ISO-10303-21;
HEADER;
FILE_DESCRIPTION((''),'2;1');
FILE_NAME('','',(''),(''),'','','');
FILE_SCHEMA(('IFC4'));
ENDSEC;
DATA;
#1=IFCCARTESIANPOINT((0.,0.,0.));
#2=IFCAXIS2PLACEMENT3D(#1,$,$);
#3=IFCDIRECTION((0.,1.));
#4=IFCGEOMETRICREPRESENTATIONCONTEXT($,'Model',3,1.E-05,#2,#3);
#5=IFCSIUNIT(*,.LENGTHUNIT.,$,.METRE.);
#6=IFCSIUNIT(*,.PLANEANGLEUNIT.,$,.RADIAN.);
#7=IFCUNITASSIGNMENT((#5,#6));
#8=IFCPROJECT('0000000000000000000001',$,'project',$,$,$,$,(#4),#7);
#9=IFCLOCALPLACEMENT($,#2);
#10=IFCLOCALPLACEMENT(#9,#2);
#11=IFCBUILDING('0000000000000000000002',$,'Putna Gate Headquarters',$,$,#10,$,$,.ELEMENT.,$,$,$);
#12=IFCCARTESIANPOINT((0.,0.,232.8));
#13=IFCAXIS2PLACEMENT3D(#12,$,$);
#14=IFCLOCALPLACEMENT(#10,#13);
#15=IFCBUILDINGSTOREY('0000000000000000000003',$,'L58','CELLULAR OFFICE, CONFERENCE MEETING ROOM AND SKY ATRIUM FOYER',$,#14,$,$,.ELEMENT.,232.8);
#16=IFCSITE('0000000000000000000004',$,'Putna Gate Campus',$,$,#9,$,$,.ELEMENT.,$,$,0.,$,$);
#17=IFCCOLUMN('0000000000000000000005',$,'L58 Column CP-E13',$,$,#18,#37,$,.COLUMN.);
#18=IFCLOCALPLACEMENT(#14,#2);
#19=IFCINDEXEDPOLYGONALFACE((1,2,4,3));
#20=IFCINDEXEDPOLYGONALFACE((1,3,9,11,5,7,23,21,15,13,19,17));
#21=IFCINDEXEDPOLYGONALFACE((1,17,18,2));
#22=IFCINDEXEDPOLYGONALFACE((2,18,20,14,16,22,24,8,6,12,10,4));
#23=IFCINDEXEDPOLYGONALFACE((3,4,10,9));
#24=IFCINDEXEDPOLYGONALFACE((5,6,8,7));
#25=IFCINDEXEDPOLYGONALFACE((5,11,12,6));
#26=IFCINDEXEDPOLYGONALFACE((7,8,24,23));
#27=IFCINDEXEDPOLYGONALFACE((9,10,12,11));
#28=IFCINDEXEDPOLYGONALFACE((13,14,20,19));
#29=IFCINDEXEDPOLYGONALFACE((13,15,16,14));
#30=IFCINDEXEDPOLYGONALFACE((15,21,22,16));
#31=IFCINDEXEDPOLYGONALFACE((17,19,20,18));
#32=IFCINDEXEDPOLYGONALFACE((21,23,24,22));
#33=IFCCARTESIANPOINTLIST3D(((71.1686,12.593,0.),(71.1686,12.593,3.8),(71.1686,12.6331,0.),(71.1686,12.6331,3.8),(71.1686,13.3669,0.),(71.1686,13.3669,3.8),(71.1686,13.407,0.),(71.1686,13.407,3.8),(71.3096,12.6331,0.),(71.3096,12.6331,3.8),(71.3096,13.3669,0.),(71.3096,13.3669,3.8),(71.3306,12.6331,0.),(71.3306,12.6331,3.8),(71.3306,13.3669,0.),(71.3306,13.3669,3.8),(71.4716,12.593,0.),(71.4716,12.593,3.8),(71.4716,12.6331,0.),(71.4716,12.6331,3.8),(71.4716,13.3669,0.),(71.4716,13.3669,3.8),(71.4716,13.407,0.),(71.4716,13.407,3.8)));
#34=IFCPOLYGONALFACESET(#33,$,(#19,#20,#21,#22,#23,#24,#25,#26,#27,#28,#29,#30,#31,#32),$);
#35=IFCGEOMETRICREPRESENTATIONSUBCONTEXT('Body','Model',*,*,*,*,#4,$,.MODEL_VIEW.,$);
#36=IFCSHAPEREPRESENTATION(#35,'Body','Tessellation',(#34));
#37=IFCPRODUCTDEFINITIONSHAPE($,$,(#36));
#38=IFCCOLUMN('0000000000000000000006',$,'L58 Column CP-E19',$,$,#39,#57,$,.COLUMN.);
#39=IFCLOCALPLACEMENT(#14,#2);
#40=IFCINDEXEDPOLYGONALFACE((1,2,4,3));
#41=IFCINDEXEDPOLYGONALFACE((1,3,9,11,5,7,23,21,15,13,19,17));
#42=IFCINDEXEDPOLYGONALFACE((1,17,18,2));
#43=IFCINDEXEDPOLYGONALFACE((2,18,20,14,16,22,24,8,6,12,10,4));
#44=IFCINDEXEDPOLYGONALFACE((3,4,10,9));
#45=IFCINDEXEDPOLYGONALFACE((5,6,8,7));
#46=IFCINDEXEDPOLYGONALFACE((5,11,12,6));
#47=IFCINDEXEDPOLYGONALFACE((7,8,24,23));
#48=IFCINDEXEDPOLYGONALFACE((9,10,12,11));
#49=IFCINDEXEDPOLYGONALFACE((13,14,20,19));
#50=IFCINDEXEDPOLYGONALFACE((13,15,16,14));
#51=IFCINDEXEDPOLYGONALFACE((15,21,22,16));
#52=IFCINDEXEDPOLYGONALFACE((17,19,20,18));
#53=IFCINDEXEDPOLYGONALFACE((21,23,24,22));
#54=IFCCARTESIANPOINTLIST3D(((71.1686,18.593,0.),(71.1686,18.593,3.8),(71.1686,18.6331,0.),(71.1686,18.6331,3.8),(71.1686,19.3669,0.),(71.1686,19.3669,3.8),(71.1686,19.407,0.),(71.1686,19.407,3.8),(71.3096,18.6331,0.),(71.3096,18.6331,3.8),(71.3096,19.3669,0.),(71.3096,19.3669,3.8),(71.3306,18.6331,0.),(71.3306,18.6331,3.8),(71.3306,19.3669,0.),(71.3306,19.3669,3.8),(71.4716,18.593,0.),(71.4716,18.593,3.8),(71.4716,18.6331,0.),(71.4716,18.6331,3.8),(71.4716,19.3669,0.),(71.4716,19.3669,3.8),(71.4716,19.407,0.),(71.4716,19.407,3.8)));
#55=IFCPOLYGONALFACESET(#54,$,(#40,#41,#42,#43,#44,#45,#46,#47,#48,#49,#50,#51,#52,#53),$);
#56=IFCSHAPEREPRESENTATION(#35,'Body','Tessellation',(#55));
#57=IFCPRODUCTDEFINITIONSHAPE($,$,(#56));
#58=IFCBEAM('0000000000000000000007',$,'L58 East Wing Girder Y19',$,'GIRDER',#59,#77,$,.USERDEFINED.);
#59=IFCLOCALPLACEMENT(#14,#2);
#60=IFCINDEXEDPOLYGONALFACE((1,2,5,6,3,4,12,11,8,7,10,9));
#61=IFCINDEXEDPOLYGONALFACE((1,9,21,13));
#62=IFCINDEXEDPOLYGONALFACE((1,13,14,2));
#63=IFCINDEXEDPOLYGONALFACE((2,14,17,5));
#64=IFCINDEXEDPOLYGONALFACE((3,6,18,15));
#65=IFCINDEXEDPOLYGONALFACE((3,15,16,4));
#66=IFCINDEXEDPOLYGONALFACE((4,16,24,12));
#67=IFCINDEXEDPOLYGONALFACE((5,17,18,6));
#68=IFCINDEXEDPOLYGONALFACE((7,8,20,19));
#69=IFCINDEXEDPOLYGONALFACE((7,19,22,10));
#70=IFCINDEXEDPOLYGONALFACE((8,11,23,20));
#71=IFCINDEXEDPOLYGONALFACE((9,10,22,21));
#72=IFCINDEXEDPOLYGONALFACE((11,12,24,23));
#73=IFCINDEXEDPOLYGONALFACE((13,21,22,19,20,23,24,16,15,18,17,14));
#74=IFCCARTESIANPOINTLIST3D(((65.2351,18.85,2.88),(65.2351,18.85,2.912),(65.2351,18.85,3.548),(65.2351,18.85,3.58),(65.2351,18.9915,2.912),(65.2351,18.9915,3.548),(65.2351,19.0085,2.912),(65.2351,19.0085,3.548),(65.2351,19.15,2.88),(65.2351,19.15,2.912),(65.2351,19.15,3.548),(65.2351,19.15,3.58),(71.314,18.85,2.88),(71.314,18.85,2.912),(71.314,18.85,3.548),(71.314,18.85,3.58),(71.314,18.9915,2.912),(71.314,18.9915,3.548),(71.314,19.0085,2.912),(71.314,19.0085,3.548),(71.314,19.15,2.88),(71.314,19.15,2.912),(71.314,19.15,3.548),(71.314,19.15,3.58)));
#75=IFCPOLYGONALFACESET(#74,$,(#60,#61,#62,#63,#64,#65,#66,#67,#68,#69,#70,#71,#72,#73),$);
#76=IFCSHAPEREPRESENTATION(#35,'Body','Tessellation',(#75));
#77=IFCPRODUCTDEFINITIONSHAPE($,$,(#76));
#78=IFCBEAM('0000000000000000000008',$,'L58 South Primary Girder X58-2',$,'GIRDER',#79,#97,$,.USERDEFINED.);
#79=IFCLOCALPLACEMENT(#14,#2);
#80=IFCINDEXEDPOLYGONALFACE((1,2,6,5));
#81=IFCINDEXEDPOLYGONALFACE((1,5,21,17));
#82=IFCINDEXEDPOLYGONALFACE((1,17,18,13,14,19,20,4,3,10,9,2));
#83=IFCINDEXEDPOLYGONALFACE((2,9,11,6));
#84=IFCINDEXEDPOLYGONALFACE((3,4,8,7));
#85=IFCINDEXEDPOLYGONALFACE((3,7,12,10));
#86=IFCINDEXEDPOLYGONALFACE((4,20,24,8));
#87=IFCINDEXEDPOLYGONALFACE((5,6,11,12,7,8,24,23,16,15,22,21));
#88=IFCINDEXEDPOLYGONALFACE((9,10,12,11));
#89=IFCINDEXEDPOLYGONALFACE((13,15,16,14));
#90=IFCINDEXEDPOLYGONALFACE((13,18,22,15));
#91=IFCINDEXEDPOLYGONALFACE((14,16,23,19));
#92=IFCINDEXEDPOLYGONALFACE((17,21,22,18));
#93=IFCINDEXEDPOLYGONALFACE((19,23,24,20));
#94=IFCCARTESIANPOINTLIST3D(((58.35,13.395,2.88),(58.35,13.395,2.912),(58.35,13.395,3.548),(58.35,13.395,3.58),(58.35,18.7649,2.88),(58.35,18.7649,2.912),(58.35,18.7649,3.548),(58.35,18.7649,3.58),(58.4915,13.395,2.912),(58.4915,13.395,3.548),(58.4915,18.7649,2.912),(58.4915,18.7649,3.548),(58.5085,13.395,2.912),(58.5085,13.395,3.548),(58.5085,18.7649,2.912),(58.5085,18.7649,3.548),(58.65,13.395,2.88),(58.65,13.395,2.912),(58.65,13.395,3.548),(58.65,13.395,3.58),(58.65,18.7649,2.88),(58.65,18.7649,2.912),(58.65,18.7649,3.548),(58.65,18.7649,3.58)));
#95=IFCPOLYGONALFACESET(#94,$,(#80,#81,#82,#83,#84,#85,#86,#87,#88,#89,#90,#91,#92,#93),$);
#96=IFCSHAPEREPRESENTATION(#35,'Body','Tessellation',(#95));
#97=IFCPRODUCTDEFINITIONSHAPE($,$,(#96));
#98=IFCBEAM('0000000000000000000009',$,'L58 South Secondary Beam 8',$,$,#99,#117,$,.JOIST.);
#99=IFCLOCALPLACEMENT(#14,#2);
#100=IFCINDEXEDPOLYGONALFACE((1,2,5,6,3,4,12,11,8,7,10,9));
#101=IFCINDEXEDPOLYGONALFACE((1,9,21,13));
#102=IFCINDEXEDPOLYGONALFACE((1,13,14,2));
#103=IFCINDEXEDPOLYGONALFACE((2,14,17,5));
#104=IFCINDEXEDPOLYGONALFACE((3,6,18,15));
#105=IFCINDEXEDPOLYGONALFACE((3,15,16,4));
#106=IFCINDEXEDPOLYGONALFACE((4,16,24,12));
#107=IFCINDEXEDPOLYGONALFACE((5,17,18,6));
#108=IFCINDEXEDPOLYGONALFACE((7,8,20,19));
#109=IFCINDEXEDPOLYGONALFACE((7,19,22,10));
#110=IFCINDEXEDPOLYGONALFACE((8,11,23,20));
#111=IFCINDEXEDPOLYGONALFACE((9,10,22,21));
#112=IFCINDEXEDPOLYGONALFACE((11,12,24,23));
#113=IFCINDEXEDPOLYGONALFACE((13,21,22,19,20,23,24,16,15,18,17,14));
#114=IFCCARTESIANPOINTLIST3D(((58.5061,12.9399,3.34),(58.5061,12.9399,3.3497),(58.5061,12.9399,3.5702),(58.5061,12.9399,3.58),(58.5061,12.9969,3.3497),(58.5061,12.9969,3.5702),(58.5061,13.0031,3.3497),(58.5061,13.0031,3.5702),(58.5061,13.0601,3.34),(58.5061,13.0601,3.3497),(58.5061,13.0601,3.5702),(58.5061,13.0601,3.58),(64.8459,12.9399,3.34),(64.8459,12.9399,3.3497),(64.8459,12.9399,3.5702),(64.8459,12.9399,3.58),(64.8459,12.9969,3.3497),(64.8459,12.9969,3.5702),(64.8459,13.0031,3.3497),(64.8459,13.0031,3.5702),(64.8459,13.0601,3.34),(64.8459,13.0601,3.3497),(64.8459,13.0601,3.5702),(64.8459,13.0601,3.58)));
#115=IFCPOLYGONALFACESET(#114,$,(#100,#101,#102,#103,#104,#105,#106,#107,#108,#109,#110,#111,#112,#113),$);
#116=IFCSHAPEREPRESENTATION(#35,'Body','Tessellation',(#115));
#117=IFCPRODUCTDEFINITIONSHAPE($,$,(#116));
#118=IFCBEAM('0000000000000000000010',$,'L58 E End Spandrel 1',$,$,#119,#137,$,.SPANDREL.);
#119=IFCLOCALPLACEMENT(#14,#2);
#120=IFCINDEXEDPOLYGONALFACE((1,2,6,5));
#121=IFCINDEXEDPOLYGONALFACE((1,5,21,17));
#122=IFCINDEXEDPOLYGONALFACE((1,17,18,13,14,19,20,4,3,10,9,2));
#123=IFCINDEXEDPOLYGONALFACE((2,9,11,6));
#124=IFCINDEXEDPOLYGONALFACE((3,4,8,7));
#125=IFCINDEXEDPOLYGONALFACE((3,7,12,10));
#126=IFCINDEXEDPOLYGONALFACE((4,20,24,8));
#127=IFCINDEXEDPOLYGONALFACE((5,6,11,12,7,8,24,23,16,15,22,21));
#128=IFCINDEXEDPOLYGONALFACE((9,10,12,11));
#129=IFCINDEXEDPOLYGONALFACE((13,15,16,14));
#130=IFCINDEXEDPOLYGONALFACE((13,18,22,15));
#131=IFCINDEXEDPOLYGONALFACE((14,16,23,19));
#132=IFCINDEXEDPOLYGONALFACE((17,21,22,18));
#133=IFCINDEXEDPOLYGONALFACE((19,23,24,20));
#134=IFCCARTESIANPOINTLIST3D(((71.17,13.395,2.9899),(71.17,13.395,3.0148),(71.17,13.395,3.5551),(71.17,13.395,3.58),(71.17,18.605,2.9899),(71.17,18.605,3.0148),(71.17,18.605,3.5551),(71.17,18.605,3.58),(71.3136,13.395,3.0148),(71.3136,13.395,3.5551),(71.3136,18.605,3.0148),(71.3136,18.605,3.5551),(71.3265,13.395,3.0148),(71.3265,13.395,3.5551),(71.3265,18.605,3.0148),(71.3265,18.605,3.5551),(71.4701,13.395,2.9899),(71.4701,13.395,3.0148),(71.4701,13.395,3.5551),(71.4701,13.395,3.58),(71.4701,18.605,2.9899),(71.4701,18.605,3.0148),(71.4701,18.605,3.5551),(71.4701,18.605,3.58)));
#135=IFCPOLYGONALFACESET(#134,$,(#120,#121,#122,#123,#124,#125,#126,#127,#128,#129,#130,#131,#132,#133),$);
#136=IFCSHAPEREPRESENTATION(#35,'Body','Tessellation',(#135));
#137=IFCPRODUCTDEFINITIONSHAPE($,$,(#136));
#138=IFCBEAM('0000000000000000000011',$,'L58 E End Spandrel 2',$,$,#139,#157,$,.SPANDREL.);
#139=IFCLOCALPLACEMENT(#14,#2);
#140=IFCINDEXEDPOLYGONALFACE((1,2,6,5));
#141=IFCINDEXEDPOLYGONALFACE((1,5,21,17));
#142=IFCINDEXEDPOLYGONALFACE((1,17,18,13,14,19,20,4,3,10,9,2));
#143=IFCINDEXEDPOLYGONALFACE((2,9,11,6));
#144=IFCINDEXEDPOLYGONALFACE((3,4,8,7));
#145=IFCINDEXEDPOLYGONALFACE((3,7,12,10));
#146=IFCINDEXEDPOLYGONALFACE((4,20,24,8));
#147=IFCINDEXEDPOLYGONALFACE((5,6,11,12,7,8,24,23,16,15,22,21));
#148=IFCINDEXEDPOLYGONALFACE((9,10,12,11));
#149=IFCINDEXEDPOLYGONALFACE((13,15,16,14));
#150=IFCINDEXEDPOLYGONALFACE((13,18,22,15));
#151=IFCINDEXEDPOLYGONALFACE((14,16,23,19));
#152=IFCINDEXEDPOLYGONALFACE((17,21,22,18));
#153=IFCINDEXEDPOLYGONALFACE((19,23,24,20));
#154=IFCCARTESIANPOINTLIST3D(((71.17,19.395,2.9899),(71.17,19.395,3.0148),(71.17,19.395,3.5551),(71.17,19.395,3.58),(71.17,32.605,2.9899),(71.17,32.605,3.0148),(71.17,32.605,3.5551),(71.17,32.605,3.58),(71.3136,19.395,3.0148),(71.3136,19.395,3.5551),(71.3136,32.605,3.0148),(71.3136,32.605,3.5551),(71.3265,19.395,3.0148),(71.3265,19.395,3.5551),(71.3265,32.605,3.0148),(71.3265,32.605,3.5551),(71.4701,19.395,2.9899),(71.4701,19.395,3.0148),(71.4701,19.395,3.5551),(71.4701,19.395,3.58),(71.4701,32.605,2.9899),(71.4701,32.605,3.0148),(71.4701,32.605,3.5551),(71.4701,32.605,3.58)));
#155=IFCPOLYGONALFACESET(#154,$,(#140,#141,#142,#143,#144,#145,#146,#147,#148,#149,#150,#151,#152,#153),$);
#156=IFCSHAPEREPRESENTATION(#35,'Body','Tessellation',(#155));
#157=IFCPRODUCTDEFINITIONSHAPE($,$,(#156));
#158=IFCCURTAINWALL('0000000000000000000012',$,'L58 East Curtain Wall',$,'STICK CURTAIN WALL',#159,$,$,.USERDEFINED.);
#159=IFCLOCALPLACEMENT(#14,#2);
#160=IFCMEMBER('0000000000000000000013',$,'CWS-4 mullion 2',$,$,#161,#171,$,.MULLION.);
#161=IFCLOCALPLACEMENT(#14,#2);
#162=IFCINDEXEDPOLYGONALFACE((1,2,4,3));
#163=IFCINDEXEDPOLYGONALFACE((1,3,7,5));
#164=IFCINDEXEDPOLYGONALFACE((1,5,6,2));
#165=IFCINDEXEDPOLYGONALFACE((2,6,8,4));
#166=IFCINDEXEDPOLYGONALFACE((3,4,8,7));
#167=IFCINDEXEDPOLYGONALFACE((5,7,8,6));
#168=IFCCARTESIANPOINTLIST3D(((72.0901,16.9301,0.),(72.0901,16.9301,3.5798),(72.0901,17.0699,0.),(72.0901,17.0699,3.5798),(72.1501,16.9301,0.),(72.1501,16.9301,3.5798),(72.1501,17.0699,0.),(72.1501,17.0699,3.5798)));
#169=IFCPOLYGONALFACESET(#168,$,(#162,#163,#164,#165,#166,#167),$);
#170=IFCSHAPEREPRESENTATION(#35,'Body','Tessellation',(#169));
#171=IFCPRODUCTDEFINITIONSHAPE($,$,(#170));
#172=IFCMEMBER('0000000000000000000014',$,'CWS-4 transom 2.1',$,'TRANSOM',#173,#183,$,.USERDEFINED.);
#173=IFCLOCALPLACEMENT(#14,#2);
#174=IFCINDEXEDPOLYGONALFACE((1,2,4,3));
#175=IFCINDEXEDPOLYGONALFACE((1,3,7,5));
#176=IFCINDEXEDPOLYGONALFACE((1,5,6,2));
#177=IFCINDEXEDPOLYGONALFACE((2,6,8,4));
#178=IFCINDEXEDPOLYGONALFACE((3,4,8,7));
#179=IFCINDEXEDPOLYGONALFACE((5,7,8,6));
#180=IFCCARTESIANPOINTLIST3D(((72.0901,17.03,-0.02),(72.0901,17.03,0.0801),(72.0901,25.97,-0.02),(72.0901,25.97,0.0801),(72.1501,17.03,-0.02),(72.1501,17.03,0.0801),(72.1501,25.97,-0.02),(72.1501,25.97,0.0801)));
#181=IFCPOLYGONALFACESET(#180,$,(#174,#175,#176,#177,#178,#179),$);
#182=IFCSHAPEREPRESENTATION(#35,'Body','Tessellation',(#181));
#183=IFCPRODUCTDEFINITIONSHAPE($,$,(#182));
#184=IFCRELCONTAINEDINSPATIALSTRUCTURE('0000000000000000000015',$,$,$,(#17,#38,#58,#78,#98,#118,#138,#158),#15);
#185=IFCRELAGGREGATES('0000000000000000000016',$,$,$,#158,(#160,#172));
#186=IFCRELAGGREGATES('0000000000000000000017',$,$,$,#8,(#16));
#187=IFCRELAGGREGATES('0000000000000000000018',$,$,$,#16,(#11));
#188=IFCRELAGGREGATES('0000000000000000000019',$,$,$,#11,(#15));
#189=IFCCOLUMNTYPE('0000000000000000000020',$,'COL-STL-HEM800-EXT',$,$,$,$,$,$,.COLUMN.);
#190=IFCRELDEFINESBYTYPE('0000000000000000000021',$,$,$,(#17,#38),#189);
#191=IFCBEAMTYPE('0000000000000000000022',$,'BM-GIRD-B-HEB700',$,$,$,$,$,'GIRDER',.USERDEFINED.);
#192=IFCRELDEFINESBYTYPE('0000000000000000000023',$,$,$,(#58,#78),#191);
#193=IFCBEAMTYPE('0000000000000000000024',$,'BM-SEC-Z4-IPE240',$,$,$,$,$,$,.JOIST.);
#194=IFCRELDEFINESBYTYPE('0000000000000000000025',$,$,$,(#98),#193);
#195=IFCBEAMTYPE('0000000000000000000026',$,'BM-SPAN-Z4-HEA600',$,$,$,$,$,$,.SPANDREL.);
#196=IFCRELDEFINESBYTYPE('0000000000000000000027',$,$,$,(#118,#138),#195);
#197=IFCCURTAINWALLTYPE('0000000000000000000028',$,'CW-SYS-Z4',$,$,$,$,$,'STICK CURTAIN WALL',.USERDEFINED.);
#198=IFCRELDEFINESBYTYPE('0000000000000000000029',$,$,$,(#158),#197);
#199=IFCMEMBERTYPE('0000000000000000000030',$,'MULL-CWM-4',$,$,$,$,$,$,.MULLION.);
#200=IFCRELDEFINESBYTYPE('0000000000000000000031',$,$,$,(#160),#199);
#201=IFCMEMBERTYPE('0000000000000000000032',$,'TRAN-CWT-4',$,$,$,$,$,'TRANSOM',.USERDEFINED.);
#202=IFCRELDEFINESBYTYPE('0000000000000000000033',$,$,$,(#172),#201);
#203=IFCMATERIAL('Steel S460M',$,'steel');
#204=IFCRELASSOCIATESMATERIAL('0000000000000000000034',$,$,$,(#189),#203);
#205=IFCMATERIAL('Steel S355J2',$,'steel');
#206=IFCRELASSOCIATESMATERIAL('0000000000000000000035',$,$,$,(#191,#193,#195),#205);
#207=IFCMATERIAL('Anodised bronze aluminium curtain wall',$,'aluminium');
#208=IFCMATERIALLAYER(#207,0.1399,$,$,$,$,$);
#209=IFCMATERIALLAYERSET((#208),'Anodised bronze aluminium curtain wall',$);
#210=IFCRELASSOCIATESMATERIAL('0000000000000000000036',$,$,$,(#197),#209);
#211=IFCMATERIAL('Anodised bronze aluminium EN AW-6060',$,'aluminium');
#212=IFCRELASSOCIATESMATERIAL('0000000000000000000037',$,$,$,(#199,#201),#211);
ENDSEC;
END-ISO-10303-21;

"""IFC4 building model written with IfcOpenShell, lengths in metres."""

from ifc_helpers import new_model, si_unit, direction, frame, origin, origin_2d, place, context, subcontext, project, spatial, rectangle, i_section, extrude, material, layer, layer_set, material_profile, profile_set, type_object, element, aggregate, save


model = new_model("IFC4")

# Units and contexts
model_context = context("Model", 3, precision=1e-05, world=origin(), true_north=direction((0.0, 1.0)))
body_context = subcontext(model_context, "Body", "Model", "MODEL_VIEW")
ifc_project = project(units=[si_unit("LENGTHUNIT", "METRE"), si_unit("PLANEANGLEUNIT", "RADIAN")], contexts=[model_context])

# Site, building, storey
site_placement = place(None, origin())
site = spatial("IfcSite", under=ifc_project, at=site_placement, Name="Putna Gate Campus", CompositionType="ELEMENT", RefElevation=0.0)
building_placement = place(site_placement, origin())
building = spatial("IfcBuilding", under=site, at=building_placement, Name="Putna Gate Headquarters", CompositionType="ELEMENT")
storey_placement = place(building_placement, frame((0.0, 0.0, 232.8)))
storey = spatial("IfcBuildingStorey", under=building, at=storey_placement, Name="L58", Description="CELLULAR OFFICE, CONFERENCE MEETING ROOM AND SKY ATRIUM FOYER", CompositionType="ELEMENT", Elevation=232.8)

# Columns
ifc_material_1 = material(Name="Steel S460M", Category="steel")
ifc_material_profile_1 = material_profile(ifc_material_1, i_section(OverallWidth=0.303, OverallDepth=0.814, WebThickness=0.021, FlangeThickness=0.04, at=origin_2d()), Name="Steel S460M")
ifc_profile_set_1 = profile_set([ifc_material_profile_1], Name="Steel S460M")
column_type = type_object("IfcColumnType", Name="COL-STL-HEM800-EXT", PredefinedType="COLUMN", material=ifc_profile_set_1)
for number, where, z_axis, x_axis, name in (
    (1, (71.3201, 13.0, 0.0), (0.0, 0.0, 1.0), (1.0, 0.0, 0.0), "L58 Column CP-E13"),
    (2, (71.3201, 19.0, 0.0), (0.0, 0.0, 1.0), (1.0, 0.0, 0.0), "L58 Column CP-E19"),
):
    element("IfcColumn", number, at=place(storey_placement, frame(where, z_axis=z_axis, x_axis=x_axis)), inside=storey, type_object=column_type, Name=name, PredefinedType="COLUMN", context=body_context, shape_type="SweptSolid", body=[
        extrude(i_section(OverallWidth=0.303, OverallDepth=0.814, WebThickness=0.021, FlangeThickness=0.04, at=origin_2d()), origin(), (0.0, 0.0, 1.0), 3.8),
    ])

# Beams
ifc_material_2 = material(Name="Steel S355J2", Category="steel")
ifc_material_profile_2 = material_profile(ifc_material_2, i_section(OverallWidth=0.3, OverallDepth=0.7, WebThickness=0.0171, FlangeThickness=0.032, at=origin_2d()), Name="Steel S355J2")
ifc_profile_set_2 = profile_set([ifc_material_profile_2], Name="Steel S355J2")
beam_type_1 = type_object("IfcBeamType", Name="BM-GIRD-B-HEB700", ElementType="GIRDER", PredefinedType="USERDEFINED", material=ifc_profile_set_2)
beam_1_placement = place(storey_placement, frame((65.2351, 19.0, 3.23), z_axis=(1.0, 0.0, 0.0), x_axis=(0.0, 1.0, 0.0)))
element("IfcBeam", 3, at=beam_1_placement, inside=storey, type_object=beam_type_1, Name="L58 East Wing Girder Y19", ObjectType="GIRDER", PredefinedType="USERDEFINED", context=body_context, shape_type="SweptSolid", body=[
    extrude(i_section(OverallWidth=0.3, OverallDepth=0.7, WebThickness=0.0171, FlangeThickness=0.032, at=origin_2d()), origin(), (0.0, 0.0, 1.0), 6.0789),
])
beam_2_placement = place(storey_placement, frame((58.5, 13.395, 3.23), z_axis=(0.0, 1.0, 0.0), x_axis=(-1.0, 0.0, 0.0)))
element("IfcBeam", 4, at=beam_2_placement, inside=storey, type_object=beam_type_1, Name="L58 South Primary Girder X58-2", ObjectType="GIRDER", PredefinedType="USERDEFINED", context=body_context, shape_type="SweptSolid", body=[
    extrude(i_section(OverallWidth=0.3, OverallDepth=0.7, WebThickness=0.0171, FlangeThickness=0.032, at=origin_2d()), origin(), (0.0, 0.0, 1.0), 5.3699),
])
ifc_material_profile_3 = material_profile(ifc_material_2, i_section(OverallWidth=0.1201, OverallDepth=0.24, WebThickness=0.0061, FlangeThickness=0.0098, at=origin_2d()), Name="Steel S355J2")
ifc_profile_set_3 = profile_set([ifc_material_profile_3], Name="Steel S355J2")
beam_type_2 = type_object("IfcBeamType", Name="BM-SEC-Z4-IPE240", PredefinedType="JOIST", material=ifc_profile_set_3)
beam_3_placement = place(storey_placement, frame((58.5061, 13.0, 3.46), z_axis=(1.0, 0.0, 0.0), x_axis=(0.0, 1.0, 0.0)))
element("IfcBeam", 5, at=beam_3_placement, inside=storey, type_object=beam_type_2, Name="L58 South Secondary Beam 8", PredefinedType="JOIST", context=body_context, shape_type="SweptSolid", body=[
    extrude(i_section(OverallWidth=0.1201, OverallDepth=0.24, WebThickness=0.0061, FlangeThickness=0.0098, at=origin_2d()), origin(), (0.0, 0.0, 1.0), 6.3398),
])
ifc_material_profile_4 = material_profile(ifc_material_2, i_section(OverallWidth=0.3, OverallDepth=0.5901, WebThickness=0.0129, FlangeThickness=0.0249, at=origin_2d()), Name="Steel S355J2")
ifc_profile_set_4 = profile_set([ifc_material_profile_4], Name="Steel S355J2")
beam_type_3 = type_object("IfcBeamType", Name="BM-SPAN-Z4-HEA600", PredefinedType="SPANDREL", material=ifc_profile_set_4)
beam_4_placement = place(storey_placement, frame((71.3201, 13.395, 3.2849), z_axis=(0.0, 1.0, 0.0), x_axis=(-1.0, 0.0, 0.0)))
element("IfcBeam", 6, at=beam_4_placement, inside=storey, type_object=beam_type_3, Name="L58 E End Spandrel 1", PredefinedType="SPANDREL", context=body_context, shape_type="SweptSolid", body=[
    extrude(i_section(OverallWidth=0.3, OverallDepth=0.5901, WebThickness=0.0129, FlangeThickness=0.0249, at=origin_2d()), origin(), (0.0, 0.0, 1.0), 5.21),
])
beam_5_placement = place(storey_placement, frame((71.3201, 19.395, 3.2849), z_axis=(0.0, 1.0, 0.0), x_axis=(-1.0, 0.0, 0.0)))
element("IfcBeam", 7, at=beam_5_placement, inside=storey, type_object=beam_type_3, Name="L58 E End Spandrel 2", PredefinedType="SPANDREL", context=body_context, shape_type="SweptSolid", body=[
    extrude(i_section(OverallWidth=0.3, OverallDepth=0.5901, WebThickness=0.0129, FlangeThickness=0.0249, at=origin_2d()), origin(), (0.0, 0.0, 1.0), 13.21),
])

# Curtain wall, members
ifc_material_3 = material(Name="Anodised bronze aluminium curtain wall", Category="aluminium")
ifc_layer_1 = layer(ifc_material_3, 0.1399)
ifc_layer_set_1 = layer_set([ifc_layer_1], Name="Anodised bronze aluminium curtain wall")
curtain_wall_type = type_object("IfcCurtainWallType", Name="CW-SYS-Z4", ElementType="STICK CURTAIN WALL", PredefinedType="USERDEFINED", material=ifc_layer_set_1)
curtain_wall_placement = place(storey_placement, origin())
curtain_wall = element("IfcCurtainWall", 8, at=curtain_wall_placement, inside=storey, type_object=curtain_wall_type, Name="L58 East Curtain Wall", ObjectType="STICK CURTAIN WALL", PredefinedType="USERDEFINED")
ifc_material_4 = material(Name="Anodised bronze aluminium EN AW-6060", Category="aluminium")
ifc_material_profile_5 = material_profile(ifc_material_4, rectangle(XDim=0.0601, YDim=0.1399, at=origin_2d()), Name="Anodised bronze aluminium EN AW-6060")
ifc_profile_set_5 = profile_set([ifc_material_profile_5], Name="Anodised bronze aluminium EN AW-6060")
member_type_1 = type_object("IfcMemberType", Name="MULL-CWM-4", PredefinedType="MULLION", material=ifc_profile_set_5)
member_1_placement = place(storey_placement, frame((72.1201, 17.0, 0.0), z_axis=(0.0, 0.0, 1.0), x_axis=(-1.0, 0.0, 0.0)))
member_1 = element("IfcMember", 9, at=member_1_placement, type_object=member_type_1, Name="CWS-4 mullion 2", PredefinedType="MULLION", context=body_context, shape_type="SweptSolid", body=[
    extrude(rectangle(XDim=0.0601, YDim=0.1399, at=origin_2d()), origin(), (0.0, 0.0, 1.0), 3.5798),
])
ifc_material_profile_6 = material_profile(ifc_material_4, rectangle(XDim=0.0601, YDim=0.1001, at=origin_2d()), Name="Anodised bronze aluminium EN AW-6060")
ifc_profile_set_6 = profile_set([ifc_material_profile_6], Name="Anodised bronze aluminium EN AW-6060")
member_type_2 = type_object("IfcMemberType", Name="TRAN-CWT-4", ElementType="TRANSOM", PredefinedType="USERDEFINED", material=ifc_profile_set_6)
member_2_placement = place(storey_placement, frame((72.1201, 17.03, 0.03), z_axis=(0.0, 1.0, 0.0), x_axis=(-1.0, 0.0, 0.0)))
member_2 = element("IfcMember", 10, at=member_2_placement, type_object=member_type_2, Name="CWS-4 transom 2.1", ObjectType="TRANSOM", PredefinedType="USERDEFINED", context=body_context, shape_type="SweptSolid", body=[
    extrude(rectangle(XDim=0.0601, YDim=0.1001, at=origin_2d()), origin(), (0.0, 0.0, 1.0), 8.9399),
])
aggregate(curtain_wall, [member_1, member_2])

save(model, "model.ifc")
